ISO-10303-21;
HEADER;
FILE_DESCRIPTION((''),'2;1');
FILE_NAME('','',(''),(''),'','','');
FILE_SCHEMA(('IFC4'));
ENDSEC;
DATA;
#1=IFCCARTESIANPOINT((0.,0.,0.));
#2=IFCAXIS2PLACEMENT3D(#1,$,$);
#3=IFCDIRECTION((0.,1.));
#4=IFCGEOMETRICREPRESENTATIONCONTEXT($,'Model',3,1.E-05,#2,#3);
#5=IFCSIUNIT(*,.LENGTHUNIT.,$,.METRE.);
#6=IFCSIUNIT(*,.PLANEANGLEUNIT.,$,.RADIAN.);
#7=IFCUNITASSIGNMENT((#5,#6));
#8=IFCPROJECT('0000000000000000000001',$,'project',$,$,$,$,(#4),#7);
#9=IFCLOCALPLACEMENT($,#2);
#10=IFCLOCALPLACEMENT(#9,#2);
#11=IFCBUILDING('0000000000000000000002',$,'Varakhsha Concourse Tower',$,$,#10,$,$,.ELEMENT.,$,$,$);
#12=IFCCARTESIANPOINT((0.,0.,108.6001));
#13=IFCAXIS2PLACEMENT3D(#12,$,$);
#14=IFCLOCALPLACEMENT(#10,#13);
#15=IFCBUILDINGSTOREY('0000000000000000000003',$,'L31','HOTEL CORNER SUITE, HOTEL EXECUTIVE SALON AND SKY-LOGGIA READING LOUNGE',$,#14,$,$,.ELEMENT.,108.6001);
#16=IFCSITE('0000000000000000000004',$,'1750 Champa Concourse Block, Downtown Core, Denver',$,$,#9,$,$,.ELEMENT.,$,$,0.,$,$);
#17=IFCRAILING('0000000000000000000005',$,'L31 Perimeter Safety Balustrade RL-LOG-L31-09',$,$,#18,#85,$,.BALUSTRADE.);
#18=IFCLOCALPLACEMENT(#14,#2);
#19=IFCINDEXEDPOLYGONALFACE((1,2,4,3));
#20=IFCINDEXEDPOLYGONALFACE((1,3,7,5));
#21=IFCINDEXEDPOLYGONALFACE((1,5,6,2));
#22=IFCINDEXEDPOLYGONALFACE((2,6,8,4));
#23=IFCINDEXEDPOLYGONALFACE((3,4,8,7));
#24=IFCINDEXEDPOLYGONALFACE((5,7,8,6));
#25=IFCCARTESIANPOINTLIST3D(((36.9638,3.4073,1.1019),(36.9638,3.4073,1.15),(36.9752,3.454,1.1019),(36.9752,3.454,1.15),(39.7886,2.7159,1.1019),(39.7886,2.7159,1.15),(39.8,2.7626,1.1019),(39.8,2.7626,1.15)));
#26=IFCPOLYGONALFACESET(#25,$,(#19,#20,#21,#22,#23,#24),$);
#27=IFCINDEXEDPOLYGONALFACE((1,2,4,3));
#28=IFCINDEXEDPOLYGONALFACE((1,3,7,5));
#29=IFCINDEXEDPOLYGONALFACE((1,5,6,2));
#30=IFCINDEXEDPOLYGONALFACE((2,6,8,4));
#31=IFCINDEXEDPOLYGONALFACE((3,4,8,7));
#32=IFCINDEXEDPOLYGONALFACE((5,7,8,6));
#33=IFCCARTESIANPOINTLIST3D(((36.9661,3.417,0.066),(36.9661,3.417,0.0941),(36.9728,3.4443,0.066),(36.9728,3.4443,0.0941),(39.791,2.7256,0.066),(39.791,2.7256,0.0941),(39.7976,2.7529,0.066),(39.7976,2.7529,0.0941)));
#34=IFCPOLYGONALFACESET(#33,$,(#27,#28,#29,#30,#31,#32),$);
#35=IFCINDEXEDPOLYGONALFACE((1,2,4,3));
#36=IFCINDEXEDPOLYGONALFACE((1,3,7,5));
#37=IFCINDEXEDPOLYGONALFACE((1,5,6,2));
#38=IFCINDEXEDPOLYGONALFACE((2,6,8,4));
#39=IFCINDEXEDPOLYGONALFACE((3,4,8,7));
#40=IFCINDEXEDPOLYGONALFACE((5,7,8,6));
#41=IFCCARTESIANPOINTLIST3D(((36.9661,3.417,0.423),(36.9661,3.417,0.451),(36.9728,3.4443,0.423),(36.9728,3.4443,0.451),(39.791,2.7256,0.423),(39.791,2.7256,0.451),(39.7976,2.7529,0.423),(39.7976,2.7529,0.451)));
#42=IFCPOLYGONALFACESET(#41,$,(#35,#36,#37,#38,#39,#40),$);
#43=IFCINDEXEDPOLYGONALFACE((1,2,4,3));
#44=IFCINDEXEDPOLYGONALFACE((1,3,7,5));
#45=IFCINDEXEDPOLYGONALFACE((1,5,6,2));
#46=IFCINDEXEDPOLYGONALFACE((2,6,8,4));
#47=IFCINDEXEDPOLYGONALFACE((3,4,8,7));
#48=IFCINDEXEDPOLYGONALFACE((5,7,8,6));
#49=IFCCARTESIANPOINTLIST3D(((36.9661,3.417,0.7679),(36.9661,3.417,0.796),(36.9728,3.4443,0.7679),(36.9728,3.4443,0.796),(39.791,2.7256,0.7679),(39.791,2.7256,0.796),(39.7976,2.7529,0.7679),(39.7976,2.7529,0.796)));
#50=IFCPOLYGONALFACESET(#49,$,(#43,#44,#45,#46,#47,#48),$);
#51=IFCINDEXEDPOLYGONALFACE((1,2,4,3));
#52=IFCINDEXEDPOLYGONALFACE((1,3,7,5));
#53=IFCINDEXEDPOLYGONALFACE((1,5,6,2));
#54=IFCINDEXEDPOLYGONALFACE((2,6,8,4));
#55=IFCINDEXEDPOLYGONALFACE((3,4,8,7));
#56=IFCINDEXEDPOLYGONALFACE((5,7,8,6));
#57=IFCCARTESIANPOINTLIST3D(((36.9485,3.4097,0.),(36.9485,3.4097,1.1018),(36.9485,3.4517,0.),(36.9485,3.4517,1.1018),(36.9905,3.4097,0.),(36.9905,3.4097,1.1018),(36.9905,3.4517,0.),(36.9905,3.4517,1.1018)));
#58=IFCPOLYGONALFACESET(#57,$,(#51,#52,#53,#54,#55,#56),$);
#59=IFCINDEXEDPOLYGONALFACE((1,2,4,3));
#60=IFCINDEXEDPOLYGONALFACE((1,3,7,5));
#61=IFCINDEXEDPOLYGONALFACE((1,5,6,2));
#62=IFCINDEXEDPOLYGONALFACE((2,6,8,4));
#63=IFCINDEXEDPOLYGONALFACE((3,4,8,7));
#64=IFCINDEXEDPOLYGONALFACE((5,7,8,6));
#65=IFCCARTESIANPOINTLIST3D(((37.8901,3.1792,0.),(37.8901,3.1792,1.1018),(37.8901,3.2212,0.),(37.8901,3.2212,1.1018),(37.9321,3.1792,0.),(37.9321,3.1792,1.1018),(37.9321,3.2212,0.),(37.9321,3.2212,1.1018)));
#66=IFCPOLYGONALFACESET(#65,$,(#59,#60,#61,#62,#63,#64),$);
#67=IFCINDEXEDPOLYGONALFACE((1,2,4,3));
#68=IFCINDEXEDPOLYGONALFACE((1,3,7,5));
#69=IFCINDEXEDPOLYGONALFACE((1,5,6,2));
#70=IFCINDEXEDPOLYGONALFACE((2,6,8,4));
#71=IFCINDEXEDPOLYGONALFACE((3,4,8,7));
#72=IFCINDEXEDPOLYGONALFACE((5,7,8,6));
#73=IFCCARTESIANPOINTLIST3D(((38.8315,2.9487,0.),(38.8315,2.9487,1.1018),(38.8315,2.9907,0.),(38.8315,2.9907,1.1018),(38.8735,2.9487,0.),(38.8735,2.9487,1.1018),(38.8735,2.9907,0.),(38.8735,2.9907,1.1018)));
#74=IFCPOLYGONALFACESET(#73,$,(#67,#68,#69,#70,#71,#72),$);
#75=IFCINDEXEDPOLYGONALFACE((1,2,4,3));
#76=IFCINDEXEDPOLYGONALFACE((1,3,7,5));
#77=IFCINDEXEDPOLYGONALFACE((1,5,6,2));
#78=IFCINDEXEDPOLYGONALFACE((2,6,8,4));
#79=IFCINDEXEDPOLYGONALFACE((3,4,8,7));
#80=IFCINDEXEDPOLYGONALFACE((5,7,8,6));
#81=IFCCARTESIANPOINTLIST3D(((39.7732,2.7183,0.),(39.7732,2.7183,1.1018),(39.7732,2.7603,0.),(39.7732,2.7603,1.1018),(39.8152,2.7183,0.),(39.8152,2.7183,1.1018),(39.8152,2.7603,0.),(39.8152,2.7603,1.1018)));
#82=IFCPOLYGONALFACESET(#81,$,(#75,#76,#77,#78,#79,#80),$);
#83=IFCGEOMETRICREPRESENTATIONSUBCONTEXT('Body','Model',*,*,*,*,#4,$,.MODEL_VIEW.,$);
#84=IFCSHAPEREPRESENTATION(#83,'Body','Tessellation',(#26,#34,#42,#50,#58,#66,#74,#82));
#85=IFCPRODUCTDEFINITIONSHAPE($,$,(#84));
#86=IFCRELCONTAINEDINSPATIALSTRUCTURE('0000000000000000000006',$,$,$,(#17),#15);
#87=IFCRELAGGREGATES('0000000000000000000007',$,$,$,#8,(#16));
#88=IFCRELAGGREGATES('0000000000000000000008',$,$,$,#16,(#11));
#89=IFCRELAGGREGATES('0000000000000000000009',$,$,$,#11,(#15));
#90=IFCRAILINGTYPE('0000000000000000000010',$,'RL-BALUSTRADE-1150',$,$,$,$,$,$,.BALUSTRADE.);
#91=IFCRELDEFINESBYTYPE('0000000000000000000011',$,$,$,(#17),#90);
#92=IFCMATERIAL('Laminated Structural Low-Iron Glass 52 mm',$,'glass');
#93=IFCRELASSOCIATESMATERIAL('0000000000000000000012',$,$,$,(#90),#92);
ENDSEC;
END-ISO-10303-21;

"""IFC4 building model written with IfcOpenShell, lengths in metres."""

from ifc_helpers import new_model, si_unit, direction, frame, origin, origin_2d, place, context, subcontext, project, spatial, rectangle, extrude, material, type_object, element, save


model = new_model("IFC4")

# Units and contexts
model_context = context("Model", 3, precision=1e-05, world=origin(), true_north=direction((0.0, 1.0)))
body_context = subcontext(model_context, "Body", "Model", "MODEL_VIEW")
ifc_project = project(units=[si_unit("LENGTHUNIT", "METRE"), si_unit("PLANEANGLEUNIT", "RADIAN")], contexts=[model_context])

# Site, building, storey
site_placement = place(None, origin())
site = spatial("IfcSite", under=ifc_project, at=site_placement, Name="1750 Champa Concourse Block, Downtown Core, Denver", CompositionType="ELEMENT", RefElevation=0.0)
building_placement = place(site_placement, origin())
building = spatial("IfcBuilding", under=site, at=building_placement, Name="Varakhsha Concourse Tower", CompositionType="ELEMENT")
storey_placement = place(building_placement, frame((0.0, 0.0, 108.6001)))
storey = spatial("IfcBuildingStorey", under=building, at=storey_placement, Name="L31", Description="HOTEL CORNER SUITE, HOTEL EXECUTIVE SALON AND SKY-LOGGIA READING LOUNGE", CompositionType="ELEMENT", Elevation=108.6001)

# Railing
ifc_material_1 = material(Name="Laminated Structural Low-Iron Glass 52 mm", Category="glass")
railing_type = type_object("IfcRailingType", Name="RL-BALUSTRADE-1150", PredefinedType="BALUSTRADE", material=ifc_material_1)
railing_1_placement = place(storey_placement, frame((36.9695, 3.4307, 0.0)))
element("IfcRailing", 1, at=railing_1_placement, inside=storey, type_object=railing_type, Name="L31 Perimeter Safety Balustrade RL-LOG-L31-09", PredefinedType="BALUSTRADE", context=body_context, shape_type="SweptSolid", body=[
    extrude(rectangle(XDim=0.0481, YDim=0.0481, at=origin_2d()), frame((0.0, 0.0, 1.126), z_axis=(0.971326, -0.237752, 0.0), x_axis=(0.237752, 0.971326, 0.0)), (0.0, 0.0, 1.0), 2.9082),
    extrude(rectangle(XDim=0.0281, YDim=0.0281, at=origin_2d()), frame((0.0, 0.0, 0.0801), z_axis=(0.971326, -0.237752, 0.0), x_axis=(0.237752, 0.971326, 0.0)), (0.0, 0.0, 1.0), 2.9082),
    extrude(rectangle(XDim=0.0281, YDim=0.0281, at=origin_2d()), frame((0.0, 0.0, 0.437), z_axis=(0.971326, -0.237752, 0.0), x_axis=(0.237752, 0.971326, 0.0)), (0.0, 0.0, 1.0), 2.9082),
    extrude(rectangle(XDim=0.0281, YDim=0.0281, at=origin_2d()), frame((0.0, 0.0, 0.782), z_axis=(0.971326, -0.237752, 0.0), x_axis=(0.237752, 0.971326, 0.0)), (0.0, 0.0, 1.0), 2.9082),
    extrude(rectangle(XDim=0.042, YDim=0.042, at=origin_2d()), origin(), (0.0, 0.0, 1.0), 1.1018),
    extrude(rectangle(XDim=0.042, YDim=0.042, at=origin_2d()), frame((0.9417, -0.2305, 0.0)), (0.0, 0.0, 1.0), 1.1018),
    extrude(rectangle(XDim=0.042, YDim=0.042, at=origin_2d()), frame((1.8831, -0.4609, 0.0)), (0.0, 0.0, 1.0), 1.1018),
    extrude(rectangle(XDim=0.042, YDim=0.042, at=origin_2d()), frame((2.8247, -0.6914, 0.0)), (0.0, 0.0, 1.0), 1.1018),
])

save(model, "model.ifc")
